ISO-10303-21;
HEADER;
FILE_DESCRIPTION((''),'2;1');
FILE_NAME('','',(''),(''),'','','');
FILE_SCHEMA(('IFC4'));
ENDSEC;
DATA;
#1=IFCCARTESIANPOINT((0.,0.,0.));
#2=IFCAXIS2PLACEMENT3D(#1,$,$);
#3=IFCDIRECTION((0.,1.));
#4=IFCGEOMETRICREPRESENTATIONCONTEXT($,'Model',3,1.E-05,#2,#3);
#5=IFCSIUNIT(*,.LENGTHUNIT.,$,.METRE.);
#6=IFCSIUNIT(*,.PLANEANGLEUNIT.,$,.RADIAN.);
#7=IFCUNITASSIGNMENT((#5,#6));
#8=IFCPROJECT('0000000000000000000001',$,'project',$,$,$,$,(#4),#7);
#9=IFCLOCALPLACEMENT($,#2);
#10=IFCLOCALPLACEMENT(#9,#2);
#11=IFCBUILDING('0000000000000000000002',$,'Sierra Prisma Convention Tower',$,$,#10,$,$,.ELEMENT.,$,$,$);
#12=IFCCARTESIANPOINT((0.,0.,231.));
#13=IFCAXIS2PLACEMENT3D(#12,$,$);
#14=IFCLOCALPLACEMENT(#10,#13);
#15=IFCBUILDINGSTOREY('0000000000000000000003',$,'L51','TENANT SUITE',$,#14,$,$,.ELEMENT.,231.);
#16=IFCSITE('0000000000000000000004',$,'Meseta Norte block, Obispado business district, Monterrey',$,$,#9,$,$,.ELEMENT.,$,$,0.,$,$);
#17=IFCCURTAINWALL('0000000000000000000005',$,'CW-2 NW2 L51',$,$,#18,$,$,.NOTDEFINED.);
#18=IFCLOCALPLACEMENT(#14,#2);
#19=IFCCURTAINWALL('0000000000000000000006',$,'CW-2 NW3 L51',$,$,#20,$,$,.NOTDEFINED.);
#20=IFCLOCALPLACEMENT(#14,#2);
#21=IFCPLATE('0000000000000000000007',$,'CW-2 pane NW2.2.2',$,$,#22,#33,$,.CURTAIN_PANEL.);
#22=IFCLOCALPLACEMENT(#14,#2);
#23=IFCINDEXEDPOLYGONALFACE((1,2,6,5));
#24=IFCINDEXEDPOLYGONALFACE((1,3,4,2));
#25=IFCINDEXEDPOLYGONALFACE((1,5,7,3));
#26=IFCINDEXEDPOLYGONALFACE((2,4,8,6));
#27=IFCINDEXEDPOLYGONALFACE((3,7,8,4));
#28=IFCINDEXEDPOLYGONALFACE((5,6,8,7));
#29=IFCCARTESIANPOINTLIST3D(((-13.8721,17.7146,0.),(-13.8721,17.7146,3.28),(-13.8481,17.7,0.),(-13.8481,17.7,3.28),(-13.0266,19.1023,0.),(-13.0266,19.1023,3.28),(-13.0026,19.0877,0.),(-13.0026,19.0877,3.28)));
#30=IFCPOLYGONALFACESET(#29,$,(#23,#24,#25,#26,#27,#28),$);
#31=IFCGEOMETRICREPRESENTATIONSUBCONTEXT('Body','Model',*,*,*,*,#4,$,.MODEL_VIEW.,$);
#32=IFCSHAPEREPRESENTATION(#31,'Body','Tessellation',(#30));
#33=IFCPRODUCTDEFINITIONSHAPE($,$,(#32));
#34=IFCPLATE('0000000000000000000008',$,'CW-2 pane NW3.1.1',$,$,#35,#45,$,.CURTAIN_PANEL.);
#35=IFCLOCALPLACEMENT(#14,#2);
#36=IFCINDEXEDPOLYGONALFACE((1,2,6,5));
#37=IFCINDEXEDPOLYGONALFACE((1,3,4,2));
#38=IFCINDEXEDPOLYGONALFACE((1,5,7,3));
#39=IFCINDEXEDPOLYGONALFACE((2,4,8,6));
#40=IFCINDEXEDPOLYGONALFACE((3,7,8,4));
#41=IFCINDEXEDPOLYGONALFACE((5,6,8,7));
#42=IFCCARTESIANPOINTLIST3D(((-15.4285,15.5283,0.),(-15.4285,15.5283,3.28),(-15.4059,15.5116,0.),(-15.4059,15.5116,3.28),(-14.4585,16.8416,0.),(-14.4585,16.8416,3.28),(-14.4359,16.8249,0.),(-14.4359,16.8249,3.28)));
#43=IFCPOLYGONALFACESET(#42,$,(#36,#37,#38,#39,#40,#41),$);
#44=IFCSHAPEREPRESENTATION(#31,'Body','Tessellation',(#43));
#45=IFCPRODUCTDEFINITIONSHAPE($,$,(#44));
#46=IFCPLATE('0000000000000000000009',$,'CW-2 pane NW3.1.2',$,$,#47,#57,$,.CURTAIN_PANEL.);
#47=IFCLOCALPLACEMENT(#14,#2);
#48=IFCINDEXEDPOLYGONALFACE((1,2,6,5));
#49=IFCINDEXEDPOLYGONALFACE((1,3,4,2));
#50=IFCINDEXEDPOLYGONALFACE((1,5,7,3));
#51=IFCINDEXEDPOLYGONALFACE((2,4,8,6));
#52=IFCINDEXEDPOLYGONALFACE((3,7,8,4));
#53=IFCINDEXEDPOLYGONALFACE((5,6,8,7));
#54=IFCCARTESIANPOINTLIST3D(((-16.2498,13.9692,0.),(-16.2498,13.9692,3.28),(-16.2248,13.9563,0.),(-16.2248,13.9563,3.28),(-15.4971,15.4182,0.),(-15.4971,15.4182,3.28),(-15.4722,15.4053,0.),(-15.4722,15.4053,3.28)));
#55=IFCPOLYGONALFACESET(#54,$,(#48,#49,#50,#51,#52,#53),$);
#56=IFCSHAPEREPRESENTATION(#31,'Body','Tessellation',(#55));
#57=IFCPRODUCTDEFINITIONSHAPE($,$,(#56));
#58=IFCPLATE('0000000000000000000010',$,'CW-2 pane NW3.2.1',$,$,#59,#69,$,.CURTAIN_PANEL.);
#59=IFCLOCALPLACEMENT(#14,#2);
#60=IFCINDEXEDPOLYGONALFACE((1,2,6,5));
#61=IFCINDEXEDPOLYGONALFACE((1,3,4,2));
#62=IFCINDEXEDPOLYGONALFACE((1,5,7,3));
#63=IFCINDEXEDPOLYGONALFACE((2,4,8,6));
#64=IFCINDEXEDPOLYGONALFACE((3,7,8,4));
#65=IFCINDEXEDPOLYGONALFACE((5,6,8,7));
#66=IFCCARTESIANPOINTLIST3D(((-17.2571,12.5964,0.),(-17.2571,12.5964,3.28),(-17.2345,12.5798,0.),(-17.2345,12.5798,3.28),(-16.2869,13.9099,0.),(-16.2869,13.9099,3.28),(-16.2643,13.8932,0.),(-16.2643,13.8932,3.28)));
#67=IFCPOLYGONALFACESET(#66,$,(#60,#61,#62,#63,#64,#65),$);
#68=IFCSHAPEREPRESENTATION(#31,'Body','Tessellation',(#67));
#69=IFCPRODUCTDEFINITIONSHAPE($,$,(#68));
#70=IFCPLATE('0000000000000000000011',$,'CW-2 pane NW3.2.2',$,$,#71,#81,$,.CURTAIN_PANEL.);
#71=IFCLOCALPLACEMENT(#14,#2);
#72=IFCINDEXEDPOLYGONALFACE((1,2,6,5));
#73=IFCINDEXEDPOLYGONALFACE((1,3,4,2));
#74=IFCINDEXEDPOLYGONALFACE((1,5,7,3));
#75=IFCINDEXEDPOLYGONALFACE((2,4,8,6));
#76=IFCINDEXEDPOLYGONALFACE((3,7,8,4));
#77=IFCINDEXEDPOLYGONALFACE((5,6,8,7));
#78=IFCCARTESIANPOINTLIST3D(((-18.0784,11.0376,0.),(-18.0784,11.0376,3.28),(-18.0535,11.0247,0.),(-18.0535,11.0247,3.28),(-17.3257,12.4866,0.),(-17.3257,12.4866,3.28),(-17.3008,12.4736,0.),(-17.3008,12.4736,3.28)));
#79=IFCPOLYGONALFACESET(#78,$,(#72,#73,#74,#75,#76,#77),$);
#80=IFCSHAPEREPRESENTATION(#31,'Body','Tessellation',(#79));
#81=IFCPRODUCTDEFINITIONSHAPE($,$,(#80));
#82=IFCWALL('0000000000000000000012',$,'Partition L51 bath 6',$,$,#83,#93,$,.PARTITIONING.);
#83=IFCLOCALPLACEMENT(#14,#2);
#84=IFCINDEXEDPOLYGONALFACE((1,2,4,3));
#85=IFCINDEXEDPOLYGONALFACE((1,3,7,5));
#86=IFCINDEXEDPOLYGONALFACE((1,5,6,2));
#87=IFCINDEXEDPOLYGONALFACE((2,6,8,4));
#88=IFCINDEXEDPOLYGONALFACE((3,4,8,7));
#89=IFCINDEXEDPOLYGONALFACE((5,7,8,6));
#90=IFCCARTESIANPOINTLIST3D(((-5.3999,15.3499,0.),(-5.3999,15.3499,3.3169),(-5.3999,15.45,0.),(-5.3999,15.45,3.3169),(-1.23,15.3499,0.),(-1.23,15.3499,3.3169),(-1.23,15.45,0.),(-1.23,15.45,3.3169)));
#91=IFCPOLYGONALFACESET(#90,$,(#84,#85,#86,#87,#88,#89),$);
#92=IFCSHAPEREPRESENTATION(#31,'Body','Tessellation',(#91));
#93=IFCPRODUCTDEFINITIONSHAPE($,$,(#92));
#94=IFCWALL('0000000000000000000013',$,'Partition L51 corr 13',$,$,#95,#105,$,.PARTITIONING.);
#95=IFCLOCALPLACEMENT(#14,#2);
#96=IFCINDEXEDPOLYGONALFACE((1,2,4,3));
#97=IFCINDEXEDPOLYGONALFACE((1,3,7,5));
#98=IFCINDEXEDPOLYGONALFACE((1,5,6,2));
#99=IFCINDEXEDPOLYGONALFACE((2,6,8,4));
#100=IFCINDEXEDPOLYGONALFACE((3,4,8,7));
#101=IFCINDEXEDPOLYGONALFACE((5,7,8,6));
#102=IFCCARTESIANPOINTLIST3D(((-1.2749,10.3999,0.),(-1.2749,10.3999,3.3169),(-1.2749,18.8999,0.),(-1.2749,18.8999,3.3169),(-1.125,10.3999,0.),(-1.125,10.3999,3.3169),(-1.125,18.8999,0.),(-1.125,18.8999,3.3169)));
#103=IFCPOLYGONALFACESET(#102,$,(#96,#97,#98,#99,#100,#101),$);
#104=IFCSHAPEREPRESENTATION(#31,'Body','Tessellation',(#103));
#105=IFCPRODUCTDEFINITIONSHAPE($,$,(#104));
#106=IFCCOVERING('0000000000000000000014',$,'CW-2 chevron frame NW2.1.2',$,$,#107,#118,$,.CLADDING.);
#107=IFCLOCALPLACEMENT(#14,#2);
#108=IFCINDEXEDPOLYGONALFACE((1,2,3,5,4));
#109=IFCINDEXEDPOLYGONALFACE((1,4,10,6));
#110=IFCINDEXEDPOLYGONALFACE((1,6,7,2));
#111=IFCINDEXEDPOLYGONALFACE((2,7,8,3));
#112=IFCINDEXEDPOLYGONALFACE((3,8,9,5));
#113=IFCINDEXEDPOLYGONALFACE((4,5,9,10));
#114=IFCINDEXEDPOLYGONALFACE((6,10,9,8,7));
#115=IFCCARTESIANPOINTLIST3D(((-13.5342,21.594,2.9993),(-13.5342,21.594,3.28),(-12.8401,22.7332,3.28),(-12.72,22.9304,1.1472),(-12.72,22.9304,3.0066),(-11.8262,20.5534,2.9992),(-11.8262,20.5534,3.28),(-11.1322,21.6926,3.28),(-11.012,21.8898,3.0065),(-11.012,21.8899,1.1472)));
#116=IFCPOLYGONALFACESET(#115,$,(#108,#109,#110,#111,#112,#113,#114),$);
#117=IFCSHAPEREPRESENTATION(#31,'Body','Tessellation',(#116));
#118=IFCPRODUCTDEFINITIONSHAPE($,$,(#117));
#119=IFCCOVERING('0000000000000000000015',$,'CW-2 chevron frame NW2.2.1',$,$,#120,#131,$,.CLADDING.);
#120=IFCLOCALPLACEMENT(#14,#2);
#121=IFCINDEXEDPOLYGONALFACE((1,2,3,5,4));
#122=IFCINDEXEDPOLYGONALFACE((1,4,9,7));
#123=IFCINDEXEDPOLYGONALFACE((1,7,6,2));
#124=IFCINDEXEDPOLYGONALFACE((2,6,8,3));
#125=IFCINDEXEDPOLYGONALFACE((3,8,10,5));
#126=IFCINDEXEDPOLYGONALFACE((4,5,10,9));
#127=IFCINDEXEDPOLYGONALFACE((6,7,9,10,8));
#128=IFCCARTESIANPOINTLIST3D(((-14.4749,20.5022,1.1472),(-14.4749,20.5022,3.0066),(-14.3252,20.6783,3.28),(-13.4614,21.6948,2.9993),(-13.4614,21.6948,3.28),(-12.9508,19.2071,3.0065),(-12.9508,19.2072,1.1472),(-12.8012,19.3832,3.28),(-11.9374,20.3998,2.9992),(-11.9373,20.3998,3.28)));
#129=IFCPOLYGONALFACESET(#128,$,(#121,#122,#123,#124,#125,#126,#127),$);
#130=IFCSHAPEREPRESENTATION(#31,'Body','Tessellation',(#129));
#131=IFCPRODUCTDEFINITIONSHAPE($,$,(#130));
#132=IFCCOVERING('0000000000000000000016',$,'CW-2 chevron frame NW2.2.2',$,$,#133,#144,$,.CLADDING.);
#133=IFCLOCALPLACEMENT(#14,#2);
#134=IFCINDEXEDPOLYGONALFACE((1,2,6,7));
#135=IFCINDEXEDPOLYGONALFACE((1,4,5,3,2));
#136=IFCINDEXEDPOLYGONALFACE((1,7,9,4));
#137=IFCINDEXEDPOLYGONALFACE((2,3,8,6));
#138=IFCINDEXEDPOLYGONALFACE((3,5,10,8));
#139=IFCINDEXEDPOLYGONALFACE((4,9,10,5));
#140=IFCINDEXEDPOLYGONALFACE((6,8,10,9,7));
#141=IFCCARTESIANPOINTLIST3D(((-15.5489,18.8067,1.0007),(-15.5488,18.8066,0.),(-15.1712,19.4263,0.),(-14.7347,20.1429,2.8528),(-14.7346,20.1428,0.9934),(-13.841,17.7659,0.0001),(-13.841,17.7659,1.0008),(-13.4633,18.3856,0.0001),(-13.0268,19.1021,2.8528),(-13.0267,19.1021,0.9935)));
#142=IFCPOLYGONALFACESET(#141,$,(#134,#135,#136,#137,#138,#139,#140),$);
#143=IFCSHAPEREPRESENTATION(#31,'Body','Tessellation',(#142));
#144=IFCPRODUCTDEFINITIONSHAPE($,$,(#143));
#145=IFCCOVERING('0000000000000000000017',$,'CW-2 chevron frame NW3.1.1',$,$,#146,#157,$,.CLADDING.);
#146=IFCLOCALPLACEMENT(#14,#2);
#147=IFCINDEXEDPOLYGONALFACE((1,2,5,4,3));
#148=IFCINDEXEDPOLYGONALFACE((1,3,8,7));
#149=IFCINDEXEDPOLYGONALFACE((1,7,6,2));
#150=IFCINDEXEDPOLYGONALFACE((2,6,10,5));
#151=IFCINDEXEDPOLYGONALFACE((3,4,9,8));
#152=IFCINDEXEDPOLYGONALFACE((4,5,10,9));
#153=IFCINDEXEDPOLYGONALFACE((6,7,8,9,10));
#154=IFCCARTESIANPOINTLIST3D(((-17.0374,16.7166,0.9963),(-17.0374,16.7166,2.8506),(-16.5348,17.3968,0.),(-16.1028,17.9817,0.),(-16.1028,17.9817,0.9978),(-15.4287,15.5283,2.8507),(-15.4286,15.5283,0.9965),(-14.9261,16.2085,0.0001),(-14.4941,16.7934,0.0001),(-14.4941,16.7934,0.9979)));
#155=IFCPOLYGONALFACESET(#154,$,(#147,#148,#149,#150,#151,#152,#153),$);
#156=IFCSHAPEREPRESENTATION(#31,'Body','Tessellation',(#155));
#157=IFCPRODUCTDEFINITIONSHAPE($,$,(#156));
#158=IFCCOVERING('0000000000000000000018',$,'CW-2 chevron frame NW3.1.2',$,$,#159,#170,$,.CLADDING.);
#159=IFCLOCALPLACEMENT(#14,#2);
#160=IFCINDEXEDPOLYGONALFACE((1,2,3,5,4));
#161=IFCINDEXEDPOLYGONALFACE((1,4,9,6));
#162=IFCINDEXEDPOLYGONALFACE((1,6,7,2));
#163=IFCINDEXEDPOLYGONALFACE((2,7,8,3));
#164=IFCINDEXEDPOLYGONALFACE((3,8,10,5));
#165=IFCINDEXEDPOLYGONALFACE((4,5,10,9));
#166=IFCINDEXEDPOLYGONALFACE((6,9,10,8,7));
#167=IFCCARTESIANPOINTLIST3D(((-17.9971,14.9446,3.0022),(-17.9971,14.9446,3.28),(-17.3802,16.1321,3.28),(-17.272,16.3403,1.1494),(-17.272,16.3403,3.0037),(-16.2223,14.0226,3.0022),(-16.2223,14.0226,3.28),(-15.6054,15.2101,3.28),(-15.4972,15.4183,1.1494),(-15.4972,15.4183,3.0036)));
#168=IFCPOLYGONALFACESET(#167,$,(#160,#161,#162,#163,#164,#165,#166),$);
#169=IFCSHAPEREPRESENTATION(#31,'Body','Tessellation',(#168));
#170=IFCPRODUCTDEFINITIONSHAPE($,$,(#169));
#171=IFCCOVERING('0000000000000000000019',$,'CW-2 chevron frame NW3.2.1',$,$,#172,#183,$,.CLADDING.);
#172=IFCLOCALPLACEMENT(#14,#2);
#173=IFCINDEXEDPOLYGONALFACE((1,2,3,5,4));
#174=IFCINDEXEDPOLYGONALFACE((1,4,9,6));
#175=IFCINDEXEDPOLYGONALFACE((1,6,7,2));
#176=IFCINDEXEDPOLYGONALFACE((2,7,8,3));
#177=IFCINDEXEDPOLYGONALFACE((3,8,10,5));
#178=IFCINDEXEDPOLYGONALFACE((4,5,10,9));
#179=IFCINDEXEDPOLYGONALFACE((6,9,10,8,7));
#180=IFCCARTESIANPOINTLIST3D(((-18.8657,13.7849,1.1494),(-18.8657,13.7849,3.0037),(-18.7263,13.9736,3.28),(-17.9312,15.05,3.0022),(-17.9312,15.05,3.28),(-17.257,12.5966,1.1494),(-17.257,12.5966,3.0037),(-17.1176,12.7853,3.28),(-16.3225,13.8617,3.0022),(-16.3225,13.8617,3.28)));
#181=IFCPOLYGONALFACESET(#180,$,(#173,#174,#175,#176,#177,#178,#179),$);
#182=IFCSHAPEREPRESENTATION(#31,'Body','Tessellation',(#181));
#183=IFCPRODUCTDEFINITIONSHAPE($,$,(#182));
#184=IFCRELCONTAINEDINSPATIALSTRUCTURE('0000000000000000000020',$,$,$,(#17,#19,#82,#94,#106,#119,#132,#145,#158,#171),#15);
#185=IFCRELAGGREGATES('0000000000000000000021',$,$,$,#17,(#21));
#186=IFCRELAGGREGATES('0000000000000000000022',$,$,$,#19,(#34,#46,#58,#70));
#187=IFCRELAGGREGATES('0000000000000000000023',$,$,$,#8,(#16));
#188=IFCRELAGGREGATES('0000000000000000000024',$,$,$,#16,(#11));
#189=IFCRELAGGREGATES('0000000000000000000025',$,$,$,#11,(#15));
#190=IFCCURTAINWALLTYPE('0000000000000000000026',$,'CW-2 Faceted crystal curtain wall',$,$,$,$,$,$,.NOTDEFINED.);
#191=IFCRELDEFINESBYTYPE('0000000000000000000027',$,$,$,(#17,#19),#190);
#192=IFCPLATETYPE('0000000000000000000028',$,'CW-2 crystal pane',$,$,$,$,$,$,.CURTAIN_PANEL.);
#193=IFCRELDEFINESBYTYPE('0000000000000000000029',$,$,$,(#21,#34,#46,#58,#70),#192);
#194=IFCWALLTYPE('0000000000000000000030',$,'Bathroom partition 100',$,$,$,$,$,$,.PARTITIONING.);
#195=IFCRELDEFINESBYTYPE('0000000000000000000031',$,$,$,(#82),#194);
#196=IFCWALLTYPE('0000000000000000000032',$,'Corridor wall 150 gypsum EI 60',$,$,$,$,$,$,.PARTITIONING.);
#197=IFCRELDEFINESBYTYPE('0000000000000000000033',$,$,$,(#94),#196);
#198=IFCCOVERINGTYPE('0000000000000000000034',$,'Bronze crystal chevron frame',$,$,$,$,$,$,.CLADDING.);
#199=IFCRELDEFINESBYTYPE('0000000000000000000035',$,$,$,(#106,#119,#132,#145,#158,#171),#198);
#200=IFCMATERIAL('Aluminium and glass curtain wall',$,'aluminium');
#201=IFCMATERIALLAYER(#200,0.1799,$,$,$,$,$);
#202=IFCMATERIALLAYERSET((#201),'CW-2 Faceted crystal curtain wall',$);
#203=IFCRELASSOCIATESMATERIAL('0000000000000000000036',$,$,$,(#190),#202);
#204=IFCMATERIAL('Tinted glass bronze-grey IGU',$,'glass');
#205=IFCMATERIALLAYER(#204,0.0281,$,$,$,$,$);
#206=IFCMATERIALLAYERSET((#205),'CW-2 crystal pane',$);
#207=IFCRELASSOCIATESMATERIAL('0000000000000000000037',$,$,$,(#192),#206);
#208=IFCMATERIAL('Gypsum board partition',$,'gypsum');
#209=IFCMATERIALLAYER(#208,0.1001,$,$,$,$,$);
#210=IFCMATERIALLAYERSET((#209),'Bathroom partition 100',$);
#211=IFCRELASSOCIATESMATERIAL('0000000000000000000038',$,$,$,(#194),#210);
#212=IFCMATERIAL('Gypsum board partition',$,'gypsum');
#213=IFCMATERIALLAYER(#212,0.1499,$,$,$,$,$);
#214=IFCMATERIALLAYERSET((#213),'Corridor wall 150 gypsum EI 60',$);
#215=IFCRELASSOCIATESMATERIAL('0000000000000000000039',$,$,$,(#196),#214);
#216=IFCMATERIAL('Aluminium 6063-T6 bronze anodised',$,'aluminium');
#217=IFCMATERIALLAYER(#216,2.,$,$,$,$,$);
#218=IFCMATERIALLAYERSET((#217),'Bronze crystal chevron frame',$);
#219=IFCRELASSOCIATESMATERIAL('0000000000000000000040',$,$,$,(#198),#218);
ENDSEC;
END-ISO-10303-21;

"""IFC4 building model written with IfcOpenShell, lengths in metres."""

from ifc_helpers import new_model, si_unit, direction, frame, frame_2d, origin, place, context, subcontext, project, spatial, polyline, rectangle, outline, extrude, material, layer, layer_set, type_object, element, aggregate, save


model = new_model("IFC4")

# Units and contexts
model_context = context("Model", 3, precision=1e-05, world=origin(), true_north=direction((0.0, 1.0)))
body_context = subcontext(model_context, "Body", "Model", "MODEL_VIEW")
ifc_project = project(units=[si_unit("LENGTHUNIT", "METRE"), si_unit("PLANEANGLEUNIT", "RADIAN")], contexts=[model_context])

# Site, building, storey
site_placement = place(None, origin())
site = spatial("IfcSite", under=ifc_project, at=site_placement, Name="Meseta Norte block, Obispado business district, Monterrey", CompositionType="ELEMENT", RefElevation=0.0)
building_placement = place(site_placement, origin())
building = spatial("IfcBuilding", under=site, at=building_placement, Name="Sierra Prisma Convention Tower", CompositionType="ELEMENT")
storey_placement = place(building_placement, frame((0.0, 0.0, 231.0)))
storey = spatial("IfcBuildingStorey", under=building, at=storey_placement, Name="L51", Description="TENANT SUITE", CompositionType="ELEMENT", Elevation=231.0)

# Curtain walls
ifc_material_1 = material(Name="Aluminium and glass curtain wall", Category="aluminium")
ifc_layer_1 = layer(ifc_material_1, 0.1799)
ifc_layer_set_1 = layer_set([ifc_layer_1], Name="CW-2 Faceted crystal curtain wall")
curtain_wall_type = type_object("IfcCurtainWallType", Name="CW-2 Faceted crystal curtain wall", PredefinedType="NOTDEFINED", material=ifc_layer_set_1)
curtain_wall_1_placement = place(storey_placement, origin())
curtain_wall_1 = element("IfcCurtainWall", 1, at=curtain_wall_1_placement, inside=storey, type_object=curtain_wall_type, Name="CW-2 NW2 L51", PredefinedType="NOTDEFINED")
curtain_wall_2_placement = place(storey_placement, origin())
curtain_wall_2 = element("IfcCurtainWall", 2, at=curtain_wall_2_placement, inside=storey, type_object=curtain_wall_type, Name="CW-2 NW3 L51", PredefinedType="NOTDEFINED")

# Plates
ifc_material_2 = material(Name="Tinted glass bronze-grey IGU", Category="glass")
ifc_layer_2 = layer(ifc_material_2, 0.0281)
ifc_layer_set_2 = layer_set([ifc_layer_2], Name="CW-2 crystal pane")
plate_type = type_object("IfcPlateType", Name="CW-2 crystal pane", PredefinedType="CURTAIN_PANEL", material=ifc_layer_set_2)
plate_1_placement = place(storey_placement, frame((-13.8721, 17.7146, 0.0), z_axis=(-0.853987, 0.520295, 0.0), x_axis=(0.520295, 0.853987, 0.0)))
plate_1 = element("IfcPlate", 3, at=plate_1_placement, type_object=plate_type, Name="CW-2 pane NW2.2.2", PredefinedType="CURTAIN_PANEL", context=body_context, shape_type="SweptSolid", body=[
    extrude(outline(polyline([(0.0, 0.0), (1.625, 0.0), (1.625, -3.28), (0.0, -3.28), (0.0, 0.0)])), origin(), (0.0, 0.0, -1.0), 0.0281),
])
aggregate(curtain_wall_1, [plate_1])
plate_2_placement = place(storey_placement, frame((-14.4585, 16.8416, 0.0), z_axis=(-0.804375, 0.594122, 0.0), x_axis=(-0.594122, -0.804375, 0.0)))
plate_2 = element("IfcPlate", 4, at=plate_2_placement, type_object=plate_type, Name="CW-2 pane NW3.1.1", PredefinedType="CURTAIN_PANEL", context=body_context, shape_type="SweptSolid", body=[
    extrude(outline(polyline([(0.0, 0.0), (1.6326, 0.0), (1.6326, 3.28), (0.0, 3.28), (0.0, 0.0)])), origin(), (0.0, 0.0, -1.0), 0.0281),
])
plate_3_placement = place(storey_placement, frame((-16.2498, 13.9692, 0.0), z_axis=(-0.887413, 0.460976, 0.0), x_axis=(0.460976, 0.887413, 0.0)))
plate_3 = element("IfcPlate", 5, at=plate_3_placement, type_object=plate_type, Name="CW-2 pane NW3.1.2", PredefinedType="CURTAIN_PANEL", context=body_context, shape_type="SweptSolid", body=[
    extrude(outline(polyline([(0.0, 0.0), (1.6328, 0.0), (1.6328, -3.28), (0.0, -3.28), (0.0, 0.0)])), origin(), (0.0, 0.0, -1.0), 0.0281),
])
plate_4_placement = place(storey_placement, frame((-16.2869, 13.9099, 0.0), z_axis=(-0.804356, 0.594147, 0.0), x_axis=(-0.594147, -0.804356, 0.0)))
plate_4 = element("IfcPlate", 6, at=plate_4_placement, type_object=plate_type, Name="CW-2 pane NW3.2.1", PredefinedType="CURTAIN_PANEL", context=body_context, shape_type="SweptSolid", body=[
    extrude(outline(polyline([(0.0, 0.0), (1.633, 0.0), (1.633, 3.28), (0.0, 3.28), (0.0, 0.0)])), origin(), (0.0, 0.0, -1.0), 0.0281),
])
plate_5_placement = place(storey_placement, frame((-18.0784, 11.0376, 0.0), z_axis=(-0.887413, 0.460976, 0.0), x_axis=(0.460976, 0.887413, 0.0)))
plate_5 = element("IfcPlate", 7, at=plate_5_placement, type_object=plate_type, Name="CW-2 pane NW3.2.2", PredefinedType="CURTAIN_PANEL", context=body_context, shape_type="SweptSolid", body=[
    extrude(outline(polyline([(0.0, 0.0), (1.6328, 0.0), (1.6328, -3.28), (0.0, -3.28), (0.0, 0.0)])), origin(), (0.0, 0.0, -1.0), 0.0281),
])
aggregate(curtain_wall_2, [plate_2, plate_3, plate_4, plate_5])

# Walls
ifc_material_3 = material(Name="Gypsum board partition", Category="gypsum")
ifc_layer_3 = layer(ifc_material_3, 0.1001)
ifc_layer_set_3 = layer_set([ifc_layer_3], Name="Bathroom partition 100")
wall_type_1 = type_object("IfcWallType", Name="Bathroom partition 100", PredefinedType="PARTITIONING", material=ifc_layer_set_3)
wall_1_placement = place(storey_placement, frame((-5.3999, 15.3999, 0.0), z_axis=(0.0, 0.0, 1.0), x_axis=(1.0, 0.0, 0.0)))
element("IfcWall", 8, at=wall_1_placement, inside=storey, type_object=wall_type_1, Name="Partition L51 bath 6", PredefinedType="PARTITIONING", context=body_context, shape_type="SweptSolid", body=[
    extrude(rectangle(XDim=4.1699, YDim=0.1001, at=frame_2d((2.085, 0.0))), origin(), (0.0, 0.0, 1.0), 3.3169),
])
ifc_material_4 = material(Name="Gypsum board partition", Category="gypsum")
ifc_layer_4 = layer(ifc_material_4, 0.1499)
ifc_layer_set_4 = layer_set([ifc_layer_4], Name="Corridor wall 150 gypsum EI 60")
wall_type_2 = type_object("IfcWallType", Name="Corridor wall 150 gypsum EI 60", PredefinedType="PARTITIONING", material=ifc_layer_set_4)
wall_2_placement = place(storey_placement, frame((-1.2, 18.8999, 0.0), z_axis=(0.0, 0.0, 1.0), x_axis=(0.0, -1.0, 0.0)))
element("IfcWall", 9, at=wall_2_placement, inside=storey, type_object=wall_type_2, Name="Partition L51 corr 13", PredefinedType="PARTITIONING", context=body_context, shape_type="SweptSolid", body=[
    extrude(rectangle(XDim=8.5, YDim=0.1499, at=frame_2d((4.25, 0.0))), origin(), (0.0, 0.0, 1.0), 3.3169),
])

# Coverings
ifc_material_5 = material(Name="Aluminium 6063-T6 bronze anodised", Category="aluminium")
ifc_layer_5 = layer(ifc_material_5, 2.0)
ifc_layer_set_5 = layer_set([ifc_layer_5], Name="Bronze crystal chevron frame")
covering_type = type_object("IfcCoveringType", Name="Bronze crystal chevron frame", PredefinedType="CLADDING", material=ifc_layer_set_5)
covering_1_placement = place(storey_placement, frame((-12.72, 22.9304, 3.0066), z_axis=(-0.853988, 0.520292, 0.000024), x_axis=(-0.00002, 0.000012, -1.0)))
element("IfcCovering", 10, at=covering_1_placement, inside=storey, type_object=covering_type, Name="CW-2 chevron frame NW2.1.2", PredefinedType="CLADDING", context=body_context, shape_type="SweptSolid", body=[
    extrude(outline(polyline([(0.0, 0.0), (1.8594, 0.0), (0.0073, 1.5649), (-0.2734, 1.5649), (-0.2734, 0.231), (0.0, 0.0)])), origin(), (0.0, 0.0, -1.0), 2.0),
])
covering_2_placement = place(storey_placement, frame((-13.4614, 21.6948, 3.28), z_axis=(-0.762038, 0.647532, 0.000026), x_axis=(-0.00002, 0.000017, -1.0)))
element("IfcCovering", 11, at=covering_2_placement, inside=storey, type_object=covering_type, Name="CW-2 chevron frame NW2.2.1", PredefinedType="CLADDING", context=body_context, shape_type="SweptSolid", body=[
    extrude(outline(polyline([(0.0, 0.0), (0.2808, 0.0), (2.1328, 1.5651), (0.2734, 1.5651), (0.0, 1.334), (0.0, 0.0)])), origin(), (0.0, 0.0, -1.0), 2.0),
])
covering_3_placement = place(storey_placement, frame((-15.5488, 18.8066, 0.0), z_axis=(-0.853939, 0.520373, -0.000029), x_axis=(-0.000024, 0.000015, 1.0)))
element("IfcCovering", 12, at=covering_3_placement, inside=storey, type_object=covering_type, Name="CW-2 chevron frame NW2.2.2", PredefinedType="CLADDING", context=body_context, shape_type="SweptSolid", body=[
    extrude(outline(polyline([(0.0, 0.0), (1.0007, 0.0), (2.8528, 1.5647), (0.9934, 1.5647), (0.0, 0.7257), (0.0, 0.0)])), origin(), (0.0, 0.0, -1.0), 2.0),
])
covering_4_placement = place(storey_placement, frame((-16.1028, 17.9817, 0.0), z_axis=(-0.804359, 0.594144, -0.000056), x_axis=(-0.594144, -0.804359, 0.0)))
element("IfcCovering", 13, at=covering_4_placement, inside=storey, type_object=covering_type, Name="CW-2 chevron frame NW3.1.1", PredefinedType="CLADDING", context=body_context, shape_type="SweptSolid", body=[
    extrude(outline(polyline([(0.0, 0.0), (0.7271, 0.0), (1.5729, 0.9963), (1.5729, 2.8506), (0.0, 0.9978), (0.0, 0.0)])), origin(), (0.0, 0.0, -1.0), 2.0),
])
covering_5_placement = place(storey_placement, frame((-17.272, 16.3403, 3.0037), z_axis=(-0.887396, 0.461008, 0.000012), x_axis=(-0.000011, 0.000006, -1.0)))
element("IfcCovering", 14, at=covering_5_placement, inside=storey, type_object=covering_type, Name="CW-2 chevron frame NW3.1.2", PredefinedType="CLADDING", context=body_context, shape_type="SweptSolid", body=[
    extrude(outline(polyline([(0.0, 0.0), (1.8542, 0.0), (0.0015, 1.5729), (-0.2764, 1.5729), (-0.2764, 0.2347), (0.0, 0.0)])), origin(), (0.0, 0.0, -1.0), 2.0),
])
covering_6_placement = place(storey_placement, frame((-17.9312, 15.05, 3.28), z_axis=(-0.804337, 0.594173, -0.000002), x_axis=(0.000002, -0.000001, -1.0)))
element("IfcCovering", 15, at=covering_6_placement, inside=storey, type_object=covering_type, Name="CW-2 chevron frame NW3.2.1", PredefinedType="CLADDING", context=body_context, shape_type="SweptSolid", body=[
    extrude(outline(polyline([(0.0, 0.0), (0.2778, 0.0), (2.1306, 1.5729), (0.2764, 1.5729), (0.0, 1.3383), (0.0, 0.0)])), origin(), (0.0, 0.0, -1.0), 2.0),
])

save(model, "model.ifc")
